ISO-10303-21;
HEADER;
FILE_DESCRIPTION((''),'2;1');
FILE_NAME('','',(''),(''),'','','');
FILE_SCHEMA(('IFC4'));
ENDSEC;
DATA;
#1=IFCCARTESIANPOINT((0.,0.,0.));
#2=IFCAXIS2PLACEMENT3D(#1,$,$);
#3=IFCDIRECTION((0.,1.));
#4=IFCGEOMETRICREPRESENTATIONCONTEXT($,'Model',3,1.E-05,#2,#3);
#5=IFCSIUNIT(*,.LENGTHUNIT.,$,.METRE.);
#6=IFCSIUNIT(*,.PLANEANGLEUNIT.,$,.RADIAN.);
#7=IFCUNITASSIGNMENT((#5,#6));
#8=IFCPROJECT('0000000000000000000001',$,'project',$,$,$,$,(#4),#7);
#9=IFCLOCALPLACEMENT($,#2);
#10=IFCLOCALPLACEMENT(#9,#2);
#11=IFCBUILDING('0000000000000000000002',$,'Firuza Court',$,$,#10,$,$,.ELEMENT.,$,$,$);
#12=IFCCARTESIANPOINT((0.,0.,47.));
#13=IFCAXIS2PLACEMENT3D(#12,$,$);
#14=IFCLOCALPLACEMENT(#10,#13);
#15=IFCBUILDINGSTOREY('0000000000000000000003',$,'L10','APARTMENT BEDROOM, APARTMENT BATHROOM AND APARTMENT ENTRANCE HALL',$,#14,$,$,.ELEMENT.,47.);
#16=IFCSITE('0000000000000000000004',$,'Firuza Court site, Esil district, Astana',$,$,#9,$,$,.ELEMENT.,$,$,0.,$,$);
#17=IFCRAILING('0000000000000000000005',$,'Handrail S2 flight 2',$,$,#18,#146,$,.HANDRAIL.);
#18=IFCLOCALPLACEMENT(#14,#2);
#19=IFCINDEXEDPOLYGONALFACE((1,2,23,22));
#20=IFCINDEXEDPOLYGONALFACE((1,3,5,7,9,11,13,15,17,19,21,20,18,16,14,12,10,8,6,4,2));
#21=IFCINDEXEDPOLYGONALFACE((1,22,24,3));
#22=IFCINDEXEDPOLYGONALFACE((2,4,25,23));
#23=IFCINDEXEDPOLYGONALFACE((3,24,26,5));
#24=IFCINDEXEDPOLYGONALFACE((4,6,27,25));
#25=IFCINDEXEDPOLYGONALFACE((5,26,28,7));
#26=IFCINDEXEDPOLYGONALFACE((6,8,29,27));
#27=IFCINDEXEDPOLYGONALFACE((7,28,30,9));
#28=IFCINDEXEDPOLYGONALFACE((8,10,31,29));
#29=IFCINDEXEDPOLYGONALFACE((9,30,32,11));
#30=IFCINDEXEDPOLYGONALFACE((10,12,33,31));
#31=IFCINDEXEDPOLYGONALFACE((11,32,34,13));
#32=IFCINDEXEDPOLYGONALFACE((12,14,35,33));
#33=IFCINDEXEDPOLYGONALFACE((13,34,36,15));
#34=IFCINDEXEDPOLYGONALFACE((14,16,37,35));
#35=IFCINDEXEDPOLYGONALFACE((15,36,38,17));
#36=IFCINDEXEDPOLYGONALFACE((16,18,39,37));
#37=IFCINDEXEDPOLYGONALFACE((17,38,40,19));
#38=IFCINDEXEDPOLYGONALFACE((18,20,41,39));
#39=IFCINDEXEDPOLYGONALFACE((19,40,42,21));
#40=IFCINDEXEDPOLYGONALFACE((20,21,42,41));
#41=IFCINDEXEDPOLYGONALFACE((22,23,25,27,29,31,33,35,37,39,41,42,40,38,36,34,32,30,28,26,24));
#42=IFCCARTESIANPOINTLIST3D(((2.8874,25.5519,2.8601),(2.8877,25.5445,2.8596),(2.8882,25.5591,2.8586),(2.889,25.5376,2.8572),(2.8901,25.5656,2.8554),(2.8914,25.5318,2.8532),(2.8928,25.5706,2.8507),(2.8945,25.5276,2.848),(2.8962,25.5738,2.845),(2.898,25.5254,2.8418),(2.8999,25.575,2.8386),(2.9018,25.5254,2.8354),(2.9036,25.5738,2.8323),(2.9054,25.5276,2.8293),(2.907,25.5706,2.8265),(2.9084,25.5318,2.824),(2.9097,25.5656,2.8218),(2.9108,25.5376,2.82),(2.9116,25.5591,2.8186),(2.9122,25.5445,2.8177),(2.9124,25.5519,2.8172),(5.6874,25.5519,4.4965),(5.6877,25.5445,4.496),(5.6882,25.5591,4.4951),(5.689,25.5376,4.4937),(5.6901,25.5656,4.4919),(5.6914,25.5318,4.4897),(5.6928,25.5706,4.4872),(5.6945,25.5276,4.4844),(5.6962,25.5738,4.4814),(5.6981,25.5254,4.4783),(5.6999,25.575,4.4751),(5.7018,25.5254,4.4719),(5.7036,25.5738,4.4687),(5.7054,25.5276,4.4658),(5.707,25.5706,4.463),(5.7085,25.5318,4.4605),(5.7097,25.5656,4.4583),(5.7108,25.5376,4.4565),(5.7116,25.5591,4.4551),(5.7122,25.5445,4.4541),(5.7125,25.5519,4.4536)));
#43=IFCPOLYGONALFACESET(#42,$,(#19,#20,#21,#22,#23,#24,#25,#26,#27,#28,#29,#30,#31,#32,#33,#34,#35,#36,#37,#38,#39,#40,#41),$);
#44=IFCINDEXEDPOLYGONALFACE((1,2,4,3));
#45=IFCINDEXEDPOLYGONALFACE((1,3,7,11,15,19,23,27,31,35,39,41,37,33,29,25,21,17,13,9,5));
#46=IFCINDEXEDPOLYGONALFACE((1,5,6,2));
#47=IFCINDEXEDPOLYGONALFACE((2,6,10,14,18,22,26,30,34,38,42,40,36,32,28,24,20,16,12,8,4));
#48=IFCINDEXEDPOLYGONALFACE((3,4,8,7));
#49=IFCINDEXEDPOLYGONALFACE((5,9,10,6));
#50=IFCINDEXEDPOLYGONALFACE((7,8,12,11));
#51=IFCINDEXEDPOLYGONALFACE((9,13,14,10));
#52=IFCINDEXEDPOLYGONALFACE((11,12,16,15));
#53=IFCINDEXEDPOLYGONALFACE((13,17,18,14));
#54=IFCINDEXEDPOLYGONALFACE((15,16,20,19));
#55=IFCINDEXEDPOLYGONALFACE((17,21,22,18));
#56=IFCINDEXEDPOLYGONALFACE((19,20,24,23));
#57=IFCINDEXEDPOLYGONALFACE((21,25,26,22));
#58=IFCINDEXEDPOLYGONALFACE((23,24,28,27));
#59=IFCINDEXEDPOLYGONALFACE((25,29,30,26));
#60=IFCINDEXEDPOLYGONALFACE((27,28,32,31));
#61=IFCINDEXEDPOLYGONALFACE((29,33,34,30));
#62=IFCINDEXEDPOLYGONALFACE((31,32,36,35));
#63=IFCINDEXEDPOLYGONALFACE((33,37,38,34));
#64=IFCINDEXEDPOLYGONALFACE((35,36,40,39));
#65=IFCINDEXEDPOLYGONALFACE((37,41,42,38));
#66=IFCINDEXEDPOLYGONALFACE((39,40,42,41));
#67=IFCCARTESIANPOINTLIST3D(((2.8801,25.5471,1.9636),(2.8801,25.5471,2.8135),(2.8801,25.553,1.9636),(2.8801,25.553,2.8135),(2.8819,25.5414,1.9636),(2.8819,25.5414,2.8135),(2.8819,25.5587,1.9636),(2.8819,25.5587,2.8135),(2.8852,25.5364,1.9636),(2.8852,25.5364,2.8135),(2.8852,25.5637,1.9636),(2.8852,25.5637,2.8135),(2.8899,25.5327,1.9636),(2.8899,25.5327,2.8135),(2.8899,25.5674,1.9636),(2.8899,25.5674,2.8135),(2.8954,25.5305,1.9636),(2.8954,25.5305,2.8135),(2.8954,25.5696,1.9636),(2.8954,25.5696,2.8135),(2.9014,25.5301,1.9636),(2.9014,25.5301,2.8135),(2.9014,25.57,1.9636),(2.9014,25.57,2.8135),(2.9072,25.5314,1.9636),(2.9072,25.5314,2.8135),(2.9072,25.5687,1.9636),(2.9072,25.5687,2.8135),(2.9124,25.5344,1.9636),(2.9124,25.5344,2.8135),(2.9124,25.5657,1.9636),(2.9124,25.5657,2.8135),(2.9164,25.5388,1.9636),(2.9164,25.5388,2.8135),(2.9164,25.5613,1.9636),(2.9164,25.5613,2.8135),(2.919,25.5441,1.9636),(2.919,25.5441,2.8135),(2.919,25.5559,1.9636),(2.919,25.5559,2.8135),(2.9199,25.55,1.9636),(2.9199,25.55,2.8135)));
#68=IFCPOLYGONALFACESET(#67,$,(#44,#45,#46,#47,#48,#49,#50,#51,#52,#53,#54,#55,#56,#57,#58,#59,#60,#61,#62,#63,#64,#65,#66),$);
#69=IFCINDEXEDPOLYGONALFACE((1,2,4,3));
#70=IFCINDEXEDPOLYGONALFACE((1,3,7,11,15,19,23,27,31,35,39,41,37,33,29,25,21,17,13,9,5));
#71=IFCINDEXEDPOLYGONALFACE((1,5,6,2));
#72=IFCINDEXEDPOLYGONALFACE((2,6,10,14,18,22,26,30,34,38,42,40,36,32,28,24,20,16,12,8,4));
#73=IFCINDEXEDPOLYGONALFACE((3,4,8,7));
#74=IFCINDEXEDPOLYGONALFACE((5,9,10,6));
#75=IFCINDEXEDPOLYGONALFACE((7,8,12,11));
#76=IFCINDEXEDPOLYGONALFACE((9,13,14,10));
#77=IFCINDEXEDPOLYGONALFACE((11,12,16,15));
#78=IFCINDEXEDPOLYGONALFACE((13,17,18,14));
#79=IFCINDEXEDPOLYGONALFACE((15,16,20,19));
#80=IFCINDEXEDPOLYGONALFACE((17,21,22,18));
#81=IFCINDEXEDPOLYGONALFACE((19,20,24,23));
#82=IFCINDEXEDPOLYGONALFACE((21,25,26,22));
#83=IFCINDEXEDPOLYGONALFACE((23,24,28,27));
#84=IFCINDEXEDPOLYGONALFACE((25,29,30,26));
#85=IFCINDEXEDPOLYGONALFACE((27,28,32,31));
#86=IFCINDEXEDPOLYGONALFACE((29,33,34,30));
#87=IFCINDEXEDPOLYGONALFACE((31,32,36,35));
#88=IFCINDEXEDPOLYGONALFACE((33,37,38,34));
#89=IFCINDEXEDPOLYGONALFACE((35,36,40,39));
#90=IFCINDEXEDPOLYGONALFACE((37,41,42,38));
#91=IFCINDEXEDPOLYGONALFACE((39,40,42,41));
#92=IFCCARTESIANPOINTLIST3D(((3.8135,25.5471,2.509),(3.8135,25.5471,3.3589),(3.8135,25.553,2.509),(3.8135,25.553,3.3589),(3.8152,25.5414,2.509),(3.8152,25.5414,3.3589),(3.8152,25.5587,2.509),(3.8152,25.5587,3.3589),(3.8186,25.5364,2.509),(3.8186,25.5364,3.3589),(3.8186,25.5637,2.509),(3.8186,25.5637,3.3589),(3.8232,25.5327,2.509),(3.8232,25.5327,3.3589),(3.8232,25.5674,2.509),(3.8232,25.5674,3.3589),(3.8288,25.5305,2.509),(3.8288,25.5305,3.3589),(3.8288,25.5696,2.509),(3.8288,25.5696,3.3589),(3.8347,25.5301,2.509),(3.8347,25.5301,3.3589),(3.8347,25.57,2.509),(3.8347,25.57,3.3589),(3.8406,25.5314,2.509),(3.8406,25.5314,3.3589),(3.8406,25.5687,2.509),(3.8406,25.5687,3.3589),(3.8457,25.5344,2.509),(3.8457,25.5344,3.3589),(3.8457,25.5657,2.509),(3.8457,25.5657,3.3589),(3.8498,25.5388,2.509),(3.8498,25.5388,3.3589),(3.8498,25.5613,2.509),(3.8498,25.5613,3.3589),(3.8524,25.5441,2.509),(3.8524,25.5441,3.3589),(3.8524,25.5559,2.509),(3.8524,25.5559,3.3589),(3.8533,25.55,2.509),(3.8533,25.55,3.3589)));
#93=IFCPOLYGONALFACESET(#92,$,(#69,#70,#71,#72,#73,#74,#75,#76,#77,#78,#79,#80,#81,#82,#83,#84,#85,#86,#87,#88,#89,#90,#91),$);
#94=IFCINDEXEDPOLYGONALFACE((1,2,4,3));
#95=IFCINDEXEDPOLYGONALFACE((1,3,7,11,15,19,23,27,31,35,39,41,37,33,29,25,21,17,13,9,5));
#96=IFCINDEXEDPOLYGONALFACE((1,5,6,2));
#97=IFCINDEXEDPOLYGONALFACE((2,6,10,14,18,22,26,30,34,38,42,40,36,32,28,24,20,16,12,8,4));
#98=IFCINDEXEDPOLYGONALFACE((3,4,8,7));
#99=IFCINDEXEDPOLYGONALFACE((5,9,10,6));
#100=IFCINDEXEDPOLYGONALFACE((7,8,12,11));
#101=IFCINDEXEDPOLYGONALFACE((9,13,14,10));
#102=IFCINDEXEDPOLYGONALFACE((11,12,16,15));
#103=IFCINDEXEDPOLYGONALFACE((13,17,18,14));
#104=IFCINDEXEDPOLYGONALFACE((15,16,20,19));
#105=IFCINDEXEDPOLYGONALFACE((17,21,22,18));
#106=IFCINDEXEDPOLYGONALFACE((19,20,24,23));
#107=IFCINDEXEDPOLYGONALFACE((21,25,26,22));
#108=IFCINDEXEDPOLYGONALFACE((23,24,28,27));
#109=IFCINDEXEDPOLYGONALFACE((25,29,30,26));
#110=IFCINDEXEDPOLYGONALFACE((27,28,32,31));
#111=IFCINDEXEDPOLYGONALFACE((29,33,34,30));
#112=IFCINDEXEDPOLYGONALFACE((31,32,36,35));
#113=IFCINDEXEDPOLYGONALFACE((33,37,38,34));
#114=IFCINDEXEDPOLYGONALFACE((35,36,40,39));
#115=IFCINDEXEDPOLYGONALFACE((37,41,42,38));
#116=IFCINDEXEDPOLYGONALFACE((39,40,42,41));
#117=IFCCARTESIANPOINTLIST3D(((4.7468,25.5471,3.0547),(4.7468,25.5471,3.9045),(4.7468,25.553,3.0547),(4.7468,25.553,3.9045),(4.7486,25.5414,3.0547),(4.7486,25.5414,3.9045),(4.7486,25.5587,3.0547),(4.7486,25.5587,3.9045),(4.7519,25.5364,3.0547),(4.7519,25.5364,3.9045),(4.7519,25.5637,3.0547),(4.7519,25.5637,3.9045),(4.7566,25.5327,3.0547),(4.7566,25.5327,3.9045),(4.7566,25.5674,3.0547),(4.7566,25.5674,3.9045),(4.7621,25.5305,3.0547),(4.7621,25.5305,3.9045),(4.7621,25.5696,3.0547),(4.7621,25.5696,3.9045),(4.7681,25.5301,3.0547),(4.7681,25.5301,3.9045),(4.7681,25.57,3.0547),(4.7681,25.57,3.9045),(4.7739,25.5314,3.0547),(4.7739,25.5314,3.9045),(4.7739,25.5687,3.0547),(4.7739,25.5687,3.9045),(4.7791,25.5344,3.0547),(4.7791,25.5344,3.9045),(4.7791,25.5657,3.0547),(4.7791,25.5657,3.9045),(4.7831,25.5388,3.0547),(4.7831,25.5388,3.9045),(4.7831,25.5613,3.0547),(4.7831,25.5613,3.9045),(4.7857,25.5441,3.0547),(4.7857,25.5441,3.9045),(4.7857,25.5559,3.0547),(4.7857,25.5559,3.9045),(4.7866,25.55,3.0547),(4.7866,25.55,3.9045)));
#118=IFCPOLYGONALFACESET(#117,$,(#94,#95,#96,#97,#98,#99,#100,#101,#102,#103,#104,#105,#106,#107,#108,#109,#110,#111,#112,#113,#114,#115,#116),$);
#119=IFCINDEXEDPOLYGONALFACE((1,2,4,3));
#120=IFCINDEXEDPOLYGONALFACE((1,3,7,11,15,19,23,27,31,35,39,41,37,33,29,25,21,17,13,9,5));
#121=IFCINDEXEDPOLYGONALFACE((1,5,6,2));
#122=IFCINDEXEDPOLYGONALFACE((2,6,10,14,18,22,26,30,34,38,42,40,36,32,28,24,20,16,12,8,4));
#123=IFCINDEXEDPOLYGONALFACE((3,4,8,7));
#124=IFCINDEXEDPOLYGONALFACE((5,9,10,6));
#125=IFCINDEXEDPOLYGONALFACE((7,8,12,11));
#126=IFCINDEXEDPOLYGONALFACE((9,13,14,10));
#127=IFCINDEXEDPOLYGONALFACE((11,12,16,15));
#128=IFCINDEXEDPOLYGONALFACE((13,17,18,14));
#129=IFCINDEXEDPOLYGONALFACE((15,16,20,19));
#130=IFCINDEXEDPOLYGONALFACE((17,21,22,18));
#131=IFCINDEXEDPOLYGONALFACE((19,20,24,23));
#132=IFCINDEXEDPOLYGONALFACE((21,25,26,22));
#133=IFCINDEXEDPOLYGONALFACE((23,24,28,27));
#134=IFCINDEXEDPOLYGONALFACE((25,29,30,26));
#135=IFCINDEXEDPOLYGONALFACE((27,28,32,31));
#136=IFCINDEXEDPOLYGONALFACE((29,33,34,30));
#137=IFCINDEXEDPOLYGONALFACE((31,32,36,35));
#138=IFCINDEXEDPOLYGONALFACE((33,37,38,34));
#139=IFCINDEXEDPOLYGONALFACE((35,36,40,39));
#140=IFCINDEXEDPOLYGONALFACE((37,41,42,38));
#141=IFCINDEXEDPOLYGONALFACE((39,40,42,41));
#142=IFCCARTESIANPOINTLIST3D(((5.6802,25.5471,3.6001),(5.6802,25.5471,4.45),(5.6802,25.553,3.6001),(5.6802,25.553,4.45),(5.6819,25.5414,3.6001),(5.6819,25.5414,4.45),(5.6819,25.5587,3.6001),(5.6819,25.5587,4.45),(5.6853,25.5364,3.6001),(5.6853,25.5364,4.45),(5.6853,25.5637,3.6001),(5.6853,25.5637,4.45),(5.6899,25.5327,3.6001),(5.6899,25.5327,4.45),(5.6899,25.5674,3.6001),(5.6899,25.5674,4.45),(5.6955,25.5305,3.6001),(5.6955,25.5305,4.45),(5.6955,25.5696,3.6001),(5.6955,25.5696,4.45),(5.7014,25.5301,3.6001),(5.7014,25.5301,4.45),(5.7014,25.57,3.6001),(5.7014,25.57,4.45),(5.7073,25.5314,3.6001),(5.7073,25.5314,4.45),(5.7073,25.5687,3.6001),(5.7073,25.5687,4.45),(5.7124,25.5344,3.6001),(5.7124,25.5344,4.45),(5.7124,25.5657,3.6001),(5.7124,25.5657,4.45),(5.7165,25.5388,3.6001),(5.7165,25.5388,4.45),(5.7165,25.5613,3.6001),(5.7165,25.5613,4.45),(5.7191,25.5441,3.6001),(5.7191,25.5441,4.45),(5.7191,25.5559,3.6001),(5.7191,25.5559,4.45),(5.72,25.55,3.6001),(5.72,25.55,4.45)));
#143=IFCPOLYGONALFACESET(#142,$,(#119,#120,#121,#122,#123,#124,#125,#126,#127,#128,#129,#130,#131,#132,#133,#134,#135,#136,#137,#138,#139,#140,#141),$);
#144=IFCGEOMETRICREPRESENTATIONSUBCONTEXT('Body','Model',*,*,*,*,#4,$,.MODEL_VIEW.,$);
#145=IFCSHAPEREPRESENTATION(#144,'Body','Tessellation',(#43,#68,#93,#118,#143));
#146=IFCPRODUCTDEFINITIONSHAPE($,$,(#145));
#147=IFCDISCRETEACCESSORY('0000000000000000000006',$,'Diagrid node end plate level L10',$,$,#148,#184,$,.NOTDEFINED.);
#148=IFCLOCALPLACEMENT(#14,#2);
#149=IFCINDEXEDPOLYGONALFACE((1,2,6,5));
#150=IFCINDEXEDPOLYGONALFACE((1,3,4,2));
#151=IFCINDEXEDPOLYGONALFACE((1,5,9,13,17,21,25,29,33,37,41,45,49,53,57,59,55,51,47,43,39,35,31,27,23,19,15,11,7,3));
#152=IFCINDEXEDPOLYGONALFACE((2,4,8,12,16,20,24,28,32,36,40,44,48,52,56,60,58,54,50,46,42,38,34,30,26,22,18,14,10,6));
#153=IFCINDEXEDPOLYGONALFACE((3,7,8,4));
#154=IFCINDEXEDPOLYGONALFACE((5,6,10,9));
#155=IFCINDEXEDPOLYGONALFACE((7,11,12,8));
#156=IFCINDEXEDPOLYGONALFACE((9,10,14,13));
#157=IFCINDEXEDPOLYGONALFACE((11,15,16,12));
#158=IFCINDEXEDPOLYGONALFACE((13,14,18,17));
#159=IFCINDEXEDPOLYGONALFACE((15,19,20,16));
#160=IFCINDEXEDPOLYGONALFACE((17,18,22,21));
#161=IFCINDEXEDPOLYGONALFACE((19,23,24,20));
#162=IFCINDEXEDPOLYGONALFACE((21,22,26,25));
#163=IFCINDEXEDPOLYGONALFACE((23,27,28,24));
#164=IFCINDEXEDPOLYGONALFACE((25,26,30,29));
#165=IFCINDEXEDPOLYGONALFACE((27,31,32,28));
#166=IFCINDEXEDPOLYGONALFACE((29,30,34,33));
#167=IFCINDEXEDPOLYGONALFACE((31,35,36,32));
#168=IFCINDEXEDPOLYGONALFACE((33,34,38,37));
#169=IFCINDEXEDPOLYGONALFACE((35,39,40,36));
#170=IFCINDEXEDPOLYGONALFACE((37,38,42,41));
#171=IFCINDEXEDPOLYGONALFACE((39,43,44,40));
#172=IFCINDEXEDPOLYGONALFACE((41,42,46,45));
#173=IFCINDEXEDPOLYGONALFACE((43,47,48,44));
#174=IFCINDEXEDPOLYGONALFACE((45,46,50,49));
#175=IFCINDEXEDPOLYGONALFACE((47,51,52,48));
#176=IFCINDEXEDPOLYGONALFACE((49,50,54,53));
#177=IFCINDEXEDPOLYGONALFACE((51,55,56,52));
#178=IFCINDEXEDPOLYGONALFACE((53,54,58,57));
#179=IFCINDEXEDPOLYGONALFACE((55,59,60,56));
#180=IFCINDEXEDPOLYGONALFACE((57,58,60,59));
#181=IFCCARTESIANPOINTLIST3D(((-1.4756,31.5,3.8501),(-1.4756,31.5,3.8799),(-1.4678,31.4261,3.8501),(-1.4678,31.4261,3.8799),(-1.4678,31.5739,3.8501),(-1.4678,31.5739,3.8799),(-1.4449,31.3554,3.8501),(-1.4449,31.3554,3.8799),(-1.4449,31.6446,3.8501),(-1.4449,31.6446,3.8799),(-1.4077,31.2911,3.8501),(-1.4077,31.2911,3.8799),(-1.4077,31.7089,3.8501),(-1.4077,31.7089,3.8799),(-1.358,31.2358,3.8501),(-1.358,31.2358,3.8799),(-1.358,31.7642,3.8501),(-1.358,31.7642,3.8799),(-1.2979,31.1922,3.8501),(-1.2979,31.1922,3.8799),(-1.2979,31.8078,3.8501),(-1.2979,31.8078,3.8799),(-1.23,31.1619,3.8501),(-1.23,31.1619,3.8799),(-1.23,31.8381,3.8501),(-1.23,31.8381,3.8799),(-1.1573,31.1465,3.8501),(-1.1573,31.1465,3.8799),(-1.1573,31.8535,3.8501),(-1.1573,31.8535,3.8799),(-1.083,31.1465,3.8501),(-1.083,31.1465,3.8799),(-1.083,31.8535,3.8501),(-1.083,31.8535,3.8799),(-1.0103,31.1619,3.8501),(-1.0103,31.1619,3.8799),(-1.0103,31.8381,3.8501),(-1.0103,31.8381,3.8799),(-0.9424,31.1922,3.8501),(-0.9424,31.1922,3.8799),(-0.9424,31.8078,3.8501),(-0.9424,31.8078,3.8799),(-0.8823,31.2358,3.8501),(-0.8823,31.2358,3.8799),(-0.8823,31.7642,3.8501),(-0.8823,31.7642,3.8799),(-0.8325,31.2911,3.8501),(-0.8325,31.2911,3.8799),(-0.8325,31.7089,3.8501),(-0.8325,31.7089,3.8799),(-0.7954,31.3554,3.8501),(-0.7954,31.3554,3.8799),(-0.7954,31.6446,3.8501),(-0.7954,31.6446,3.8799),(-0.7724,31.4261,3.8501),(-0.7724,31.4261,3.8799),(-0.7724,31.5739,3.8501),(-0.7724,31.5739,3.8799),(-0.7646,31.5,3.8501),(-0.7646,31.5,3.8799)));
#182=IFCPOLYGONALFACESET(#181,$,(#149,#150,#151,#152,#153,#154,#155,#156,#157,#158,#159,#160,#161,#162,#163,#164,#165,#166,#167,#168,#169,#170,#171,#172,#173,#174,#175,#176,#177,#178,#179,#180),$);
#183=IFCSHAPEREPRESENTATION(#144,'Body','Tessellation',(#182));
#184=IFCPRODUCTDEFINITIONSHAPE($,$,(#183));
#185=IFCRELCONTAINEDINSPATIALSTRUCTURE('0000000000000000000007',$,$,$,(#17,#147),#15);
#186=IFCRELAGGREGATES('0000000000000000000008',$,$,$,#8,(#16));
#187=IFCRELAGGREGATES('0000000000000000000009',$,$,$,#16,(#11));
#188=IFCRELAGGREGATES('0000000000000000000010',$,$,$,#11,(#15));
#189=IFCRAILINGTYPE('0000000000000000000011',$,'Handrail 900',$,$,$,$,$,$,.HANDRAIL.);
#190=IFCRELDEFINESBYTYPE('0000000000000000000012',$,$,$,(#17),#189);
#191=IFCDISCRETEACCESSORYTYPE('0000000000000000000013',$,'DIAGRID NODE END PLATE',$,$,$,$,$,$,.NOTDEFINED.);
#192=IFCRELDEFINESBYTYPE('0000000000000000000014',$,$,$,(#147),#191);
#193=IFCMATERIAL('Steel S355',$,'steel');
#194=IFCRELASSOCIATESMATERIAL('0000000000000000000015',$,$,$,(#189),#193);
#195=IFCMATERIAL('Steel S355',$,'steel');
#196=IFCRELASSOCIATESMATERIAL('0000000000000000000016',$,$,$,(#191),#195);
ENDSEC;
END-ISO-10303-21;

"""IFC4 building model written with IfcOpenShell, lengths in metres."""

from ifc_helpers import new_model, si_unit, direction, frame, origin, origin_2d, place, context, subcontext, project, spatial, circle, extrude, material, material_profile, profile_set, type_object, element, save


model = new_model("IFC4")

# Units and contexts
model_context = context("Model", 3, precision=1e-05, world=origin(), true_north=direction((0.0, 1.0)))
body_context = subcontext(model_context, "Body", "Model", "MODEL_VIEW")
ifc_project = project(units=[si_unit("LENGTHUNIT", "METRE"), si_unit("PLANEANGLEUNIT", "RADIAN")], contexts=[model_context])

# Site, building, storey
site_placement = place(None, origin())
site = spatial("IfcSite", under=ifc_project, at=site_placement, Name="Firuza Court site, Esil district, Astana", CompositionType="ELEMENT", RefElevation=0.0)
building_placement = place(site_placement, origin())
building = spatial("IfcBuilding", under=site, at=building_placement, Name="Firuza Court", CompositionType="ELEMENT")
storey_placement = place(building_placement, frame((0.0, 0.0, 47.0)))
storey = spatial("IfcBuildingStorey", under=building, at=storey_placement, Name="L10", Description="APARTMENT BEDROOM, APARTMENT BATHROOM AND APARTMENT ENTRANCE HALL", CompositionType="ELEMENT", Elevation=47.0)

# Railing
ifc_material_1 = material(Name="Steel S355", Category="steel")
railing_type = type_object("IfcRailingType", Name="Handrail 900", PredefinedType="HANDRAIL", material=ifc_material_1)
railing_placement = place(storey_placement, frame((2.8999, 25.55, 1.9636)))
element("IfcRailing", 1, at=railing_placement, inside=storey, type_object=railing_type, Name="Handrail S2 flight 2", PredefinedType="HANDRAIL", context=body_context, shape_type="SweptSolid", body=[
    extrude(circle(Radius=0.0249, at=origin_2d()), frame((0.0, 0.0, 0.875), z_axis=(0.863361, 0.0, 0.504587), x_axis=(0.0, 1.0, 0.0)), (0.0, 0.0, 1.0), 3.2432),
    extrude(circle(Radius=0.02, at=origin_2d()), origin(), (0.0, 0.0, 1.0), 0.8499),
    extrude(circle(Radius=0.02, at=origin_2d()), frame((0.9333, 0.0, 0.5454)), (0.0, 0.0, 1.0), 0.8499),
    extrude(circle(Radius=0.02, at=origin_2d()), frame((1.8667, 0.0, 1.0911)), (0.0, 0.0, 1.0), 0.8499),
    extrude(circle(Radius=0.02, at=origin_2d()), frame((2.8, 0.0, 1.6365)), (0.0, 0.0, 1.0), 0.8499),
])

# Discrete accessory
ifc_material_2 = material(Name="Steel S355", Category="steel")
ifc_material_profile_1 = material_profile(ifc_material_2, circle(Radius=0.3555, at=origin_2d()), Name="PL D711")
ifc_profile_set_1 = profile_set([ifc_material_profile_1], Name="Steel S355")
discrete_accessory_type = type_object("IfcDiscreteAccessoryType", Name="DIAGRID NODE END PLATE", PredefinedType="NOTDEFINED", material=ifc_profile_set_1)
discrete_accessory_1_placement = place(storey_placement, frame((-1.1201, 31.5, 3.8501), z_axis=(0.0, 0.0, 1.0), x_axis=(1.0, 0.0, 0.0)))
element("IfcDiscreteAccessory", 2, at=discrete_accessory_1_placement, inside=storey, type_object=discrete_accessory_type, Name="Diagrid node end plate level L10", PredefinedType="NOTDEFINED", context=body_context, shape_type="SweptSolid", body=[
    extrude(circle(Radius=0.3555, at=origin_2d()), origin(), (0.0, 0.0, 1.0), 0.0298),
])

save(model, "model.ifc")
